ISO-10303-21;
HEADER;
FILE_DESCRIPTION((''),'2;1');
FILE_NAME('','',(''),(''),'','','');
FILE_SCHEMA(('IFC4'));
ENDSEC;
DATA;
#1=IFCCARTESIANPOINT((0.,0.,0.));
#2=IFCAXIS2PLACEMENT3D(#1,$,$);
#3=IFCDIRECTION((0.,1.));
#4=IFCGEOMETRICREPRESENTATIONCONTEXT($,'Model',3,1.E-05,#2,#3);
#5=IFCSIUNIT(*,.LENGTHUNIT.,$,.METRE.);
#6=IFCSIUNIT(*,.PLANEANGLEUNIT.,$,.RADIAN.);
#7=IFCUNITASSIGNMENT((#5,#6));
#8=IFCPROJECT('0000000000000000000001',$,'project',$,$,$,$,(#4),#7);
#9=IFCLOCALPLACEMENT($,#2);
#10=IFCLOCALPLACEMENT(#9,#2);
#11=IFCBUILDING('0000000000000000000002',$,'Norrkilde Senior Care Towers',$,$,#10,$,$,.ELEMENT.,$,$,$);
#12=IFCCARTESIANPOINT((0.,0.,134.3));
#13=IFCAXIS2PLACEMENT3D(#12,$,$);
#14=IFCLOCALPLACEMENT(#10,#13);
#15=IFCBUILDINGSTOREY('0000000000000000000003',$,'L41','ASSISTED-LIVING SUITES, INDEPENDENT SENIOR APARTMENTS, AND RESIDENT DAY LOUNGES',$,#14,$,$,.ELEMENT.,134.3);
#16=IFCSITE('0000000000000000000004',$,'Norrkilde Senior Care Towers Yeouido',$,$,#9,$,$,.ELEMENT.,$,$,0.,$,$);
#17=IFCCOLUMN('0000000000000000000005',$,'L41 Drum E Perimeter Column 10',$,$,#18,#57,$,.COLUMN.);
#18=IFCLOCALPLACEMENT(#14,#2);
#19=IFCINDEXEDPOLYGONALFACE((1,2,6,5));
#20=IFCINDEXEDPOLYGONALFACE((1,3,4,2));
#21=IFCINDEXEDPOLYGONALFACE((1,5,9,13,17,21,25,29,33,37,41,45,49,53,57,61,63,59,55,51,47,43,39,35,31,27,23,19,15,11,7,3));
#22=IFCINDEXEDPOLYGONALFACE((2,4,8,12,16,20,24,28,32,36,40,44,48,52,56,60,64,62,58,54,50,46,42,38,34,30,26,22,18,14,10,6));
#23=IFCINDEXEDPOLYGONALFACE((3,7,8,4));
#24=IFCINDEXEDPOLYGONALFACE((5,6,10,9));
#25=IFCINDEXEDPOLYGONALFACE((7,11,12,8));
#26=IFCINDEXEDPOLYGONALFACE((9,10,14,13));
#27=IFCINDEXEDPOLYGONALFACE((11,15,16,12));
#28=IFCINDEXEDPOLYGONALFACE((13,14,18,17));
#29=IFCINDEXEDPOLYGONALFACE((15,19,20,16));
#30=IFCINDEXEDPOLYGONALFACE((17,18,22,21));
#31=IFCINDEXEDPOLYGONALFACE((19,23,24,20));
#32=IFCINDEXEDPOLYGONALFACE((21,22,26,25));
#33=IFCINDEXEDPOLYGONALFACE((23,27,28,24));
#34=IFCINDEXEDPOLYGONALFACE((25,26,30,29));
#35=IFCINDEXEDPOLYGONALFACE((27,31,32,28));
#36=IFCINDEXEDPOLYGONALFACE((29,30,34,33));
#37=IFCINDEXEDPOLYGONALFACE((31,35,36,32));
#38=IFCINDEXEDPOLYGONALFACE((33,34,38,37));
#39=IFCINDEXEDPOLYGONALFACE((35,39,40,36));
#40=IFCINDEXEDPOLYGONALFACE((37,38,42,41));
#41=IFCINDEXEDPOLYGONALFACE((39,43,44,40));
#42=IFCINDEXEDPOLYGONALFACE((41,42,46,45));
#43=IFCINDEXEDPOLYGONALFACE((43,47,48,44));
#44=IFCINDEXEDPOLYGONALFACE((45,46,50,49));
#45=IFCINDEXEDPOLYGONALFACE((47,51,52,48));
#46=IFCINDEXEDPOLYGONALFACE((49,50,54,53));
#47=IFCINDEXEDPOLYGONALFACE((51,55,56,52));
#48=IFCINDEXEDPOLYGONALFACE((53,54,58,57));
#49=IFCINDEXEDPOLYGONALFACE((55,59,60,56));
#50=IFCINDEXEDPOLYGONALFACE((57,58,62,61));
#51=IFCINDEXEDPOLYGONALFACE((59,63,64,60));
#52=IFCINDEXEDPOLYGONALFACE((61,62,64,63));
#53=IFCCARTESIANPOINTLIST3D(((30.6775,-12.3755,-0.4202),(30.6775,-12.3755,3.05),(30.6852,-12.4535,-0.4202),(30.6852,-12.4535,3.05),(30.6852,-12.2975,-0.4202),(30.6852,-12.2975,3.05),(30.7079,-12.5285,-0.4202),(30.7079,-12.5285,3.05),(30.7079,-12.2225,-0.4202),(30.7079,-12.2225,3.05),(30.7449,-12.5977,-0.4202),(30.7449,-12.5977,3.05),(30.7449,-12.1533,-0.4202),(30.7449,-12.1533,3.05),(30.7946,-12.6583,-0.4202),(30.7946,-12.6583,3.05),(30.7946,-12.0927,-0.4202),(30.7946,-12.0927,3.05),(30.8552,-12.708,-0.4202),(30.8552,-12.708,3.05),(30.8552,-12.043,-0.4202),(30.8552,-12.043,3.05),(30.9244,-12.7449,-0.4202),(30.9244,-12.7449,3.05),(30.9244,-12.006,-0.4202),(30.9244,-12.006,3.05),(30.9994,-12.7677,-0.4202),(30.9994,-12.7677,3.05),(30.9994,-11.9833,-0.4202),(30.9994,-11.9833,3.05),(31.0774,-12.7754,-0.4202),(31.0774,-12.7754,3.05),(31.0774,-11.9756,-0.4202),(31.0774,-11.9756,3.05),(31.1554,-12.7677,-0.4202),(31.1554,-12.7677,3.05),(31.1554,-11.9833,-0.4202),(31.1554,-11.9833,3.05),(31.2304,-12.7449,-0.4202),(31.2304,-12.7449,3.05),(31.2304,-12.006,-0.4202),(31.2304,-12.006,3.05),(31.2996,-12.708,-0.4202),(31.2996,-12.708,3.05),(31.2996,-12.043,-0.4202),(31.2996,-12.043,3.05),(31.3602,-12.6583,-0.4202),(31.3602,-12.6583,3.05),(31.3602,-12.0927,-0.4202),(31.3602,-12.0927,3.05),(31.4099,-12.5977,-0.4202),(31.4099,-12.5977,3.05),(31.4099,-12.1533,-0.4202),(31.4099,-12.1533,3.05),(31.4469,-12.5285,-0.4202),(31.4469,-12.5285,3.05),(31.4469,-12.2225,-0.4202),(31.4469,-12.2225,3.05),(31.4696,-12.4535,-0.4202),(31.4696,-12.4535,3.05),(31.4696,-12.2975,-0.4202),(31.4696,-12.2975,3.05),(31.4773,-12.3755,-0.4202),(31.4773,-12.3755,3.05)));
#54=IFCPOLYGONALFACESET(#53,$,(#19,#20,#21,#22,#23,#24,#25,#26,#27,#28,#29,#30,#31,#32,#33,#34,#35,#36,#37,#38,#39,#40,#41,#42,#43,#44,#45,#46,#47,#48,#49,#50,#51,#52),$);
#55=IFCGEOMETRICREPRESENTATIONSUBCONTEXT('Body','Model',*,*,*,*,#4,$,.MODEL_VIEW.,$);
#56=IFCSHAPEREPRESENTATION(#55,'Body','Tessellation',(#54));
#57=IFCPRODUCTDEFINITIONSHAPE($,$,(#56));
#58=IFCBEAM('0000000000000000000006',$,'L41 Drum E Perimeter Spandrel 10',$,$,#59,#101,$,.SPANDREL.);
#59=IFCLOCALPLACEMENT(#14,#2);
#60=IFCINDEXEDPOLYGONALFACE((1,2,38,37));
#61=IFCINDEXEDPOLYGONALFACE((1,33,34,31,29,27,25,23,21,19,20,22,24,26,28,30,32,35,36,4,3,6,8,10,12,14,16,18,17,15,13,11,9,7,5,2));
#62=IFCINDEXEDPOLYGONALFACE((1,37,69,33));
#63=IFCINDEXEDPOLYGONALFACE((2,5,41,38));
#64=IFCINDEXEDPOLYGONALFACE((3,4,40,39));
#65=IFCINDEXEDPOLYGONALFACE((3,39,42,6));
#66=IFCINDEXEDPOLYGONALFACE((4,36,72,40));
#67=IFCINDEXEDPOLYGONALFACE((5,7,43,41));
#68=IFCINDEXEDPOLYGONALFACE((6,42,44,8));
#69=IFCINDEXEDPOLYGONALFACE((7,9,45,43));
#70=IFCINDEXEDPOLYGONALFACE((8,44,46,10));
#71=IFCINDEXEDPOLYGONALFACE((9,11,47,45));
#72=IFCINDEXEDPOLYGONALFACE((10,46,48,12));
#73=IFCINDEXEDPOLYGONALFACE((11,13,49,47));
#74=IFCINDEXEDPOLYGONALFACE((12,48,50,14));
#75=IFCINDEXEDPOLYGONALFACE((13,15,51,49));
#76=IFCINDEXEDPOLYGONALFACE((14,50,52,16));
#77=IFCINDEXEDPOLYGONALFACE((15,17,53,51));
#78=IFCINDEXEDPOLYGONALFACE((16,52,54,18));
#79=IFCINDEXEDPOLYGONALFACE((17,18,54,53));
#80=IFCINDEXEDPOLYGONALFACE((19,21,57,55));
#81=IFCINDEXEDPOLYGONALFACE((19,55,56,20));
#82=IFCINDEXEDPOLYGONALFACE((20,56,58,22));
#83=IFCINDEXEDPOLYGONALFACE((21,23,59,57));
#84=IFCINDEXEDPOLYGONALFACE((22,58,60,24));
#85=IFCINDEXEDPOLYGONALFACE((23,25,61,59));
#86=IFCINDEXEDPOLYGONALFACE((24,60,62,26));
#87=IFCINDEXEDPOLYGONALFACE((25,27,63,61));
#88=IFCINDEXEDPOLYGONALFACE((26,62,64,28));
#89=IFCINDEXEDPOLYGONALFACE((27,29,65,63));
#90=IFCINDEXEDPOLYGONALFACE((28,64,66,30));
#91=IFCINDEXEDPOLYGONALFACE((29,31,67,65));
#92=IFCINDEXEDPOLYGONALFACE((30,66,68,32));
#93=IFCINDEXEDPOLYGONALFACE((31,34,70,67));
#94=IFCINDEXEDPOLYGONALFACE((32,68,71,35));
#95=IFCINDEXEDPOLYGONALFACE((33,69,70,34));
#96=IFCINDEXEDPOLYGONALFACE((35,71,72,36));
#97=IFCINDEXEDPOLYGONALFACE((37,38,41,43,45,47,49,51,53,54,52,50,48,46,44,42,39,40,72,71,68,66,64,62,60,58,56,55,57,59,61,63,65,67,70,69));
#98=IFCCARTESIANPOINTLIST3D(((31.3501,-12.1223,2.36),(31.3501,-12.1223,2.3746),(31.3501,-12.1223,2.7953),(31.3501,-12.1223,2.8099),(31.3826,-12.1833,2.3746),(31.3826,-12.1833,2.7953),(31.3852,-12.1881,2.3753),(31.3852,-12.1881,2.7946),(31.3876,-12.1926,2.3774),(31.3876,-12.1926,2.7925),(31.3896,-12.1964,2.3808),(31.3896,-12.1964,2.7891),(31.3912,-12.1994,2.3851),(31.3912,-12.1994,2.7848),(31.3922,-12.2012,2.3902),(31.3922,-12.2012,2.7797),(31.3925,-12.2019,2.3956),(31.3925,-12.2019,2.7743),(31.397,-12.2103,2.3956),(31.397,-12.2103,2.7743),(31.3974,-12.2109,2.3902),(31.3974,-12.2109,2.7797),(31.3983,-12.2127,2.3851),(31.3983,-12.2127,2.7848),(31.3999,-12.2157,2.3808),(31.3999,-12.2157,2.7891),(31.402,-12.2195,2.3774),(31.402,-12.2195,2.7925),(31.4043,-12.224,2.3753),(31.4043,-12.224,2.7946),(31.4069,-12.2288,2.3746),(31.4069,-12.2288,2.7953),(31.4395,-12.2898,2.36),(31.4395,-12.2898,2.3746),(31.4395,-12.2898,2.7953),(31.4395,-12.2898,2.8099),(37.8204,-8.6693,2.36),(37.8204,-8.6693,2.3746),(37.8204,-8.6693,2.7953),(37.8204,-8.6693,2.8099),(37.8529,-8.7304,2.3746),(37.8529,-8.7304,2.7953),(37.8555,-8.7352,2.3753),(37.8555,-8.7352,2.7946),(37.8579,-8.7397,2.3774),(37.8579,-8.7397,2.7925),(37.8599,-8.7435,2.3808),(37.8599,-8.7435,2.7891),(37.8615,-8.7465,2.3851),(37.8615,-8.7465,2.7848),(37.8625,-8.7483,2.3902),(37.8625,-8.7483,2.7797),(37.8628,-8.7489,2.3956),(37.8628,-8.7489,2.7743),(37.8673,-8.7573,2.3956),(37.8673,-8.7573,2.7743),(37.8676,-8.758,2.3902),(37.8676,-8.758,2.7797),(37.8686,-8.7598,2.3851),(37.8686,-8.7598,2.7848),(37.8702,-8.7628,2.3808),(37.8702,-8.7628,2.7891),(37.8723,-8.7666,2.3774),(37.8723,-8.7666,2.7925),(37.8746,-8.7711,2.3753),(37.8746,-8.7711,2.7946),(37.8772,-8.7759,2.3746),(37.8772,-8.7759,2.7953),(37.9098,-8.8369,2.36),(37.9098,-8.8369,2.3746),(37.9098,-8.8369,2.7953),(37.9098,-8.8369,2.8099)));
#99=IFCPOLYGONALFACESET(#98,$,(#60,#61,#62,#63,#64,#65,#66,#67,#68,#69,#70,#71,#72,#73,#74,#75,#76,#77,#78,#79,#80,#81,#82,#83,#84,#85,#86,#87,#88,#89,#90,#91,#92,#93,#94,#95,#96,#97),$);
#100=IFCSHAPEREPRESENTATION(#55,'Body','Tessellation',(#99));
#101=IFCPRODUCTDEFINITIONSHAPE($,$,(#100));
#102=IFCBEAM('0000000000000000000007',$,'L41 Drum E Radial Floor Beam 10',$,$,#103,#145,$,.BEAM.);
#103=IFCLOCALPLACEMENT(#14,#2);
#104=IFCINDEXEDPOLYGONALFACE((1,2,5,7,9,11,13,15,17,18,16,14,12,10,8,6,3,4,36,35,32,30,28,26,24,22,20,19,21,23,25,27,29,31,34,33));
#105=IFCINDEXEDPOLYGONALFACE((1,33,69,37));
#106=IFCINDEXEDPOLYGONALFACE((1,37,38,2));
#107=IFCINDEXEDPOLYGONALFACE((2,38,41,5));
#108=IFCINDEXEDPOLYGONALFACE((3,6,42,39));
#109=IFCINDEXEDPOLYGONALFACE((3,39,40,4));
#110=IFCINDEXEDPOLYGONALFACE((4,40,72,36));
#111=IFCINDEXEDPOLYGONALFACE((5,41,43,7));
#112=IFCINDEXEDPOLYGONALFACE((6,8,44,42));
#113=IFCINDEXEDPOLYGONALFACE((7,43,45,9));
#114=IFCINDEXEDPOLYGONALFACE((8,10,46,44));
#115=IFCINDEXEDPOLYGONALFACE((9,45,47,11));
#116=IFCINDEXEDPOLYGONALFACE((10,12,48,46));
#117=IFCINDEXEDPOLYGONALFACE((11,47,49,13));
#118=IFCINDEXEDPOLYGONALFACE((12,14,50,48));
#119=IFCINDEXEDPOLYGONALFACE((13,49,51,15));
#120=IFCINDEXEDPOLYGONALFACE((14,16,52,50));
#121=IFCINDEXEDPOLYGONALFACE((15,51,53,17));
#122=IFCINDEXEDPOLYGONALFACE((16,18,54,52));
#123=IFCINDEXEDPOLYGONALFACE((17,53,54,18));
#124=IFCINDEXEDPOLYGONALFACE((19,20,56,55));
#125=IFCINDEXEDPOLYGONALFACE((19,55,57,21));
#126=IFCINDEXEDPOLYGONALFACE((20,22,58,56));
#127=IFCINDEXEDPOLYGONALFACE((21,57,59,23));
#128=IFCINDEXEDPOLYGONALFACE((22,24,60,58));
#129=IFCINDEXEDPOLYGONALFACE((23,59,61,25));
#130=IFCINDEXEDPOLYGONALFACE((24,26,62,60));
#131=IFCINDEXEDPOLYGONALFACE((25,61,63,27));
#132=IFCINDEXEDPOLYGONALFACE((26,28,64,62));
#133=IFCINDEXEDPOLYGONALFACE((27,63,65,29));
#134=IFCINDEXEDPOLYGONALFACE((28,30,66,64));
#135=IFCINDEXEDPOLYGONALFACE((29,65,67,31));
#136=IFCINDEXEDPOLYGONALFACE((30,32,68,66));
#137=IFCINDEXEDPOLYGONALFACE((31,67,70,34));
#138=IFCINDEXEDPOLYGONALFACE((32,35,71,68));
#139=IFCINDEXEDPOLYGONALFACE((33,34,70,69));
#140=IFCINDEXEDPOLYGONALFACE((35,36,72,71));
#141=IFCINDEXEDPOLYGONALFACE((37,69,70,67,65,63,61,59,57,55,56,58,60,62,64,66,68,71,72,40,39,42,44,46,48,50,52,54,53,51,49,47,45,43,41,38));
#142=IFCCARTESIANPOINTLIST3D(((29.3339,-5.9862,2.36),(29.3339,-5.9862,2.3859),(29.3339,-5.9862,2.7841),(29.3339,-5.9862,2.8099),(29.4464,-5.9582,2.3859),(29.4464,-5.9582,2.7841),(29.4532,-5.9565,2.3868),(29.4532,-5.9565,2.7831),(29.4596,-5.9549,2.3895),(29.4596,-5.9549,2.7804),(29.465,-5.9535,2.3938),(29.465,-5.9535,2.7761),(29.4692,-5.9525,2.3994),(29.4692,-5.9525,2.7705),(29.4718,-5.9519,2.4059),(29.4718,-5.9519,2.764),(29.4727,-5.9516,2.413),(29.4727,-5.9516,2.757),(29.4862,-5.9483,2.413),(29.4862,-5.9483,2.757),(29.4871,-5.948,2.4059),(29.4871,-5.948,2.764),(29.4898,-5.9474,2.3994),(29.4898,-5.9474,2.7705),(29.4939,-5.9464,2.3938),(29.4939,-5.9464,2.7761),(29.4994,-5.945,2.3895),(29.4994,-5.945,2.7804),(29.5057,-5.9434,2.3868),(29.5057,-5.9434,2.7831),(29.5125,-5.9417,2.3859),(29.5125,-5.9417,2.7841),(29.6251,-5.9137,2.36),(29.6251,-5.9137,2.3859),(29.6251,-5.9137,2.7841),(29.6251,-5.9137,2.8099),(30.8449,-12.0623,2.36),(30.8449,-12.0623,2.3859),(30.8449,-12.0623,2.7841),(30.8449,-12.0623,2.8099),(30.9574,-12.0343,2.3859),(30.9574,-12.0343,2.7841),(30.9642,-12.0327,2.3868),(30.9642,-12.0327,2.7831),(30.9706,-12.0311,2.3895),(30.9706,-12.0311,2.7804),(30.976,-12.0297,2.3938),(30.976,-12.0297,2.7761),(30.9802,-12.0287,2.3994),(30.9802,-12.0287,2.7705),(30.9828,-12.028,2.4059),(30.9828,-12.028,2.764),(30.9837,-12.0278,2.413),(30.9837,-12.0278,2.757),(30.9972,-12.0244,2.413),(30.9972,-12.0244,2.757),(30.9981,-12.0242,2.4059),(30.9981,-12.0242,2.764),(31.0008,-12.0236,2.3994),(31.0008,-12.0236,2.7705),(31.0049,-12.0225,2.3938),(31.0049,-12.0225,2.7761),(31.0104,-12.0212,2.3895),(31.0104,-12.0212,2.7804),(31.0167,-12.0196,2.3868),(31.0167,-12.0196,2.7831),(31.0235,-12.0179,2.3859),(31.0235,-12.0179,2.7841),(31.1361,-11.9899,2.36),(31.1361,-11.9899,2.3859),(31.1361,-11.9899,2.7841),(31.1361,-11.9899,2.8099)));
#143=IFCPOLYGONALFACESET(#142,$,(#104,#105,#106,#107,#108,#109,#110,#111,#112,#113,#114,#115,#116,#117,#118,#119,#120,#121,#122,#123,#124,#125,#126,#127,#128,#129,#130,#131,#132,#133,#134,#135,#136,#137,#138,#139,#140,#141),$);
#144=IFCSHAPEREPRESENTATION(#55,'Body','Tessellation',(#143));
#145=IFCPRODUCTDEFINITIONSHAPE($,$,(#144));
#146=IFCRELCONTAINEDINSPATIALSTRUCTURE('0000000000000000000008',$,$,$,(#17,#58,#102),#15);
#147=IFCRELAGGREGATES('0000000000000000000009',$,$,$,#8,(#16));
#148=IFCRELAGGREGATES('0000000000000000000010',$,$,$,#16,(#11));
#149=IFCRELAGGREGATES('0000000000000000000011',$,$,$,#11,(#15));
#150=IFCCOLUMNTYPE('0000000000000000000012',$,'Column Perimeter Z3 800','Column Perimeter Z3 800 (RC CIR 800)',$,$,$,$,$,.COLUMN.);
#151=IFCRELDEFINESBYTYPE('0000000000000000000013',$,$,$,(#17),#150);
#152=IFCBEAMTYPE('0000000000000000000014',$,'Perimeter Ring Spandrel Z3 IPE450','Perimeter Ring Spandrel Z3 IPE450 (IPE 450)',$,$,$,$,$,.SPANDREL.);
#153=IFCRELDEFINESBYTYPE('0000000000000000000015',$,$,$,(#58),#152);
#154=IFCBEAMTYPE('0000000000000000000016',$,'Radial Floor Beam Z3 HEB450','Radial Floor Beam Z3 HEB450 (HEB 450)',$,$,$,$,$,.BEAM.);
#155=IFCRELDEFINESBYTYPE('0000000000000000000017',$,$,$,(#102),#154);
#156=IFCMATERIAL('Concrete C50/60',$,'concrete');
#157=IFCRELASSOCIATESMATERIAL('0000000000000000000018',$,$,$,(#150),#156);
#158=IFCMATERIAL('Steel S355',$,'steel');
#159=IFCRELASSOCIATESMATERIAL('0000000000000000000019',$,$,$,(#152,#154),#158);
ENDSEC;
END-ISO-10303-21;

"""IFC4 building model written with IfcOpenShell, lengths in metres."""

from ifc_helpers import new_model, si_unit, direction, frame, origin, origin_2d, place, context, subcontext, project, spatial, circle, i_section, extrude, source, transform, mapped, material, material_profile, profile_set, type_object, type_shapes, element, save


model = new_model("IFC4")

# Units and contexts
model_context = context("Model", 3, precision=1e-05, world=origin(), true_north=direction((0.0, 1.0)))
body_context = subcontext(model_context, "Body", "Model", "MODEL_VIEW")
ifc_project = project(units=[si_unit("LENGTHUNIT", "METRE"), si_unit("PLANEANGLEUNIT", "RADIAN")], contexts=[model_context])

# Site, building, storey
site_placement = place(None, origin())
site = spatial("IfcSite", under=ifc_project, at=site_placement, Name="Norrkilde Senior Care Towers Yeouido", CompositionType="ELEMENT", RefElevation=0.0)
building_placement = place(site_placement, origin())
building = spatial("IfcBuilding", under=site, at=building_placement, Name="Norrkilde Senior Care Towers", CompositionType="ELEMENT")
storey_placement = place(building_placement, frame((0.0, 0.0, 134.3)))
storey = spatial("IfcBuildingStorey", under=building, at=storey_placement, Name="L41", Description="ASSISTED-LIVING SUITES, INDEPENDENT SENIOR APARTMENTS, AND RESIDENT DAY LOUNGES", CompositionType="ELEMENT", Elevation=134.3)

# Column
ifc_material_1 = material(Name="Concrete C50/60", Category="concrete")
ifc_material_profile_1 = material_profile(ifc_material_1, circle(Radius=0.3999, at=origin_2d()), Name="RC CIR 800")
ifc_profile_set_1 = profile_set([ifc_material_profile_1], Name="Concrete C50/60")
column_type = type_object("IfcColumnType", Name="Column Perimeter Z3 800", Description="Column Perimeter Z3 800 (RC CIR 800)", PredefinedType="COLUMN", material=ifc_profile_set_1)
shared_shape_1 = source(origin(), body_context, "Body", "SweptSolid", [
    extrude(circle(Radius=0.3999, at=origin_2d()), origin(), (0.0, 0.0, 1.0), 3.4702),
])
type_shapes(column_type, [shared_shape_1])
column_placement = place(storey_placement, frame((31.0774, -12.3755, -0.4202), z_axis=(0.0, 0.0, 1.0), x_axis=(1.0, 0.0, 0.0)))
element("IfcColumn", 1, at=column_placement, inside=storey, type_object=column_type, Name="L41 Drum E Perimeter Column 10", PredefinedType="COLUMN", context=body_context, shape_type="MappedRepresentation", body=[
    mapped(shared_shape_1, transform((0.0, 0.0, 0.0), x_axis=(1.0, 0.0, 0.0), y_axis=(0.0, 1.0, 0.0), z_axis=(0.0, 0.0, 1.0), scale=1.0)),
])

# Beams
ifc_material_2 = material(Name="Steel S355", Category="steel")
ifc_material_profile_2 = material_profile(ifc_material_2, i_section(OverallWidth=0.1899, OverallDepth=0.45, WebThickness=0.0095, FlangeThickness=0.0146, FilletRadius=0.021, at=origin_2d()), Name="IPE 450")
ifc_profile_set_2 = profile_set([ifc_material_profile_2], Name="Steel S355")
beam_type_1 = type_object("IfcBeamType", Name="Perimeter Ring Spandrel Z3 IPE450", Description="Perimeter Ring Spandrel Z3 IPE450 (IPE 450)", PredefinedType="SPANDREL", material=ifc_profile_set_2)
shared_shape_2 = source(origin(), body_context, "Body", "SweptSolid", [
    extrude(i_section(OverallWidth=0.1899, OverallDepth=0.45, WebThickness=0.0095, FlangeThickness=0.0146, FilletRadius=0.021, at=origin_2d()), origin(), (0.0, 0.0, 1.0), 7.334),
])
type_shapes(beam_type_1, [shared_shape_2])
beam_1_placement = place(storey_placement, frame((31.3948, -12.2061, 2.585), z_axis=(0.882234, 0.470811, 0.0), x_axis=(-0.470811, 0.882234, 0.0)))
element("IfcBeam", 2, at=beam_1_placement, inside=storey, type_object=beam_type_1, Name="L41 Drum E Perimeter Spandrel 10", PredefinedType="SPANDREL", context=body_context, shape_type="MappedRepresentation", body=[
    mapped(shared_shape_2, transform((0.0, 0.0, 0.0), x_axis=(1.0, 0.0, 0.0), y_axis=(0.0, 1.0, 0.0), z_axis=(0.0, 0.0, 1.0), scale=1.0)),
])
ifc_material_profile_3 = material_profile(ifc_material_2, i_section(OverallWidth=0.3, OverallDepth=0.45, WebThickness=0.0139, FlangeThickness=0.0259, FilletRadius=0.0271, at=origin_2d()), Name="HEB 450")
ifc_profile_set_3 = profile_set([ifc_material_profile_3], Name="Steel S355")
beam_type_2 = type_object("IfcBeamType", Name="Radial Floor Beam Z3 HEB450", Description="Radial Floor Beam Z3 HEB450 (HEB 450)", PredefinedType="BEAM", material=ifc_profile_set_3)
shared_shape_3 = source(origin(), body_context, "Body", "SweptSolid", [
    extrude(i_section(OverallWidth=0.3, OverallDepth=0.45, WebThickness=0.0139, FlangeThickness=0.0259, FilletRadius=0.0271, at=origin_2d()), origin(), (0.0, 0.0, 1.0), 6.2612),
])
beam_2_placement = place(storey_placement, frame((29.4795, -5.95, 2.585), z_axis=(0.241324, -0.970445, 0.0), x_axis=(0.970445, 0.241324, 0.0)))
element("IfcBeam", 3, at=beam_2_placement, inside=storey, type_object=beam_type_2, Name="L41 Drum E Radial Floor Beam 10", PredefinedType="BEAM", context=body_context, shape_type="MappedRepresentation", body=[
    mapped(shared_shape_3, transform((0.0, 0.0, 0.0), x_axis=(1.0, 0.0, 0.0), y_axis=(0.0, 1.0, 0.0), z_axis=(0.0, 0.0, 1.0), scale=1.0)),
])

save(model, "model.ifc")
